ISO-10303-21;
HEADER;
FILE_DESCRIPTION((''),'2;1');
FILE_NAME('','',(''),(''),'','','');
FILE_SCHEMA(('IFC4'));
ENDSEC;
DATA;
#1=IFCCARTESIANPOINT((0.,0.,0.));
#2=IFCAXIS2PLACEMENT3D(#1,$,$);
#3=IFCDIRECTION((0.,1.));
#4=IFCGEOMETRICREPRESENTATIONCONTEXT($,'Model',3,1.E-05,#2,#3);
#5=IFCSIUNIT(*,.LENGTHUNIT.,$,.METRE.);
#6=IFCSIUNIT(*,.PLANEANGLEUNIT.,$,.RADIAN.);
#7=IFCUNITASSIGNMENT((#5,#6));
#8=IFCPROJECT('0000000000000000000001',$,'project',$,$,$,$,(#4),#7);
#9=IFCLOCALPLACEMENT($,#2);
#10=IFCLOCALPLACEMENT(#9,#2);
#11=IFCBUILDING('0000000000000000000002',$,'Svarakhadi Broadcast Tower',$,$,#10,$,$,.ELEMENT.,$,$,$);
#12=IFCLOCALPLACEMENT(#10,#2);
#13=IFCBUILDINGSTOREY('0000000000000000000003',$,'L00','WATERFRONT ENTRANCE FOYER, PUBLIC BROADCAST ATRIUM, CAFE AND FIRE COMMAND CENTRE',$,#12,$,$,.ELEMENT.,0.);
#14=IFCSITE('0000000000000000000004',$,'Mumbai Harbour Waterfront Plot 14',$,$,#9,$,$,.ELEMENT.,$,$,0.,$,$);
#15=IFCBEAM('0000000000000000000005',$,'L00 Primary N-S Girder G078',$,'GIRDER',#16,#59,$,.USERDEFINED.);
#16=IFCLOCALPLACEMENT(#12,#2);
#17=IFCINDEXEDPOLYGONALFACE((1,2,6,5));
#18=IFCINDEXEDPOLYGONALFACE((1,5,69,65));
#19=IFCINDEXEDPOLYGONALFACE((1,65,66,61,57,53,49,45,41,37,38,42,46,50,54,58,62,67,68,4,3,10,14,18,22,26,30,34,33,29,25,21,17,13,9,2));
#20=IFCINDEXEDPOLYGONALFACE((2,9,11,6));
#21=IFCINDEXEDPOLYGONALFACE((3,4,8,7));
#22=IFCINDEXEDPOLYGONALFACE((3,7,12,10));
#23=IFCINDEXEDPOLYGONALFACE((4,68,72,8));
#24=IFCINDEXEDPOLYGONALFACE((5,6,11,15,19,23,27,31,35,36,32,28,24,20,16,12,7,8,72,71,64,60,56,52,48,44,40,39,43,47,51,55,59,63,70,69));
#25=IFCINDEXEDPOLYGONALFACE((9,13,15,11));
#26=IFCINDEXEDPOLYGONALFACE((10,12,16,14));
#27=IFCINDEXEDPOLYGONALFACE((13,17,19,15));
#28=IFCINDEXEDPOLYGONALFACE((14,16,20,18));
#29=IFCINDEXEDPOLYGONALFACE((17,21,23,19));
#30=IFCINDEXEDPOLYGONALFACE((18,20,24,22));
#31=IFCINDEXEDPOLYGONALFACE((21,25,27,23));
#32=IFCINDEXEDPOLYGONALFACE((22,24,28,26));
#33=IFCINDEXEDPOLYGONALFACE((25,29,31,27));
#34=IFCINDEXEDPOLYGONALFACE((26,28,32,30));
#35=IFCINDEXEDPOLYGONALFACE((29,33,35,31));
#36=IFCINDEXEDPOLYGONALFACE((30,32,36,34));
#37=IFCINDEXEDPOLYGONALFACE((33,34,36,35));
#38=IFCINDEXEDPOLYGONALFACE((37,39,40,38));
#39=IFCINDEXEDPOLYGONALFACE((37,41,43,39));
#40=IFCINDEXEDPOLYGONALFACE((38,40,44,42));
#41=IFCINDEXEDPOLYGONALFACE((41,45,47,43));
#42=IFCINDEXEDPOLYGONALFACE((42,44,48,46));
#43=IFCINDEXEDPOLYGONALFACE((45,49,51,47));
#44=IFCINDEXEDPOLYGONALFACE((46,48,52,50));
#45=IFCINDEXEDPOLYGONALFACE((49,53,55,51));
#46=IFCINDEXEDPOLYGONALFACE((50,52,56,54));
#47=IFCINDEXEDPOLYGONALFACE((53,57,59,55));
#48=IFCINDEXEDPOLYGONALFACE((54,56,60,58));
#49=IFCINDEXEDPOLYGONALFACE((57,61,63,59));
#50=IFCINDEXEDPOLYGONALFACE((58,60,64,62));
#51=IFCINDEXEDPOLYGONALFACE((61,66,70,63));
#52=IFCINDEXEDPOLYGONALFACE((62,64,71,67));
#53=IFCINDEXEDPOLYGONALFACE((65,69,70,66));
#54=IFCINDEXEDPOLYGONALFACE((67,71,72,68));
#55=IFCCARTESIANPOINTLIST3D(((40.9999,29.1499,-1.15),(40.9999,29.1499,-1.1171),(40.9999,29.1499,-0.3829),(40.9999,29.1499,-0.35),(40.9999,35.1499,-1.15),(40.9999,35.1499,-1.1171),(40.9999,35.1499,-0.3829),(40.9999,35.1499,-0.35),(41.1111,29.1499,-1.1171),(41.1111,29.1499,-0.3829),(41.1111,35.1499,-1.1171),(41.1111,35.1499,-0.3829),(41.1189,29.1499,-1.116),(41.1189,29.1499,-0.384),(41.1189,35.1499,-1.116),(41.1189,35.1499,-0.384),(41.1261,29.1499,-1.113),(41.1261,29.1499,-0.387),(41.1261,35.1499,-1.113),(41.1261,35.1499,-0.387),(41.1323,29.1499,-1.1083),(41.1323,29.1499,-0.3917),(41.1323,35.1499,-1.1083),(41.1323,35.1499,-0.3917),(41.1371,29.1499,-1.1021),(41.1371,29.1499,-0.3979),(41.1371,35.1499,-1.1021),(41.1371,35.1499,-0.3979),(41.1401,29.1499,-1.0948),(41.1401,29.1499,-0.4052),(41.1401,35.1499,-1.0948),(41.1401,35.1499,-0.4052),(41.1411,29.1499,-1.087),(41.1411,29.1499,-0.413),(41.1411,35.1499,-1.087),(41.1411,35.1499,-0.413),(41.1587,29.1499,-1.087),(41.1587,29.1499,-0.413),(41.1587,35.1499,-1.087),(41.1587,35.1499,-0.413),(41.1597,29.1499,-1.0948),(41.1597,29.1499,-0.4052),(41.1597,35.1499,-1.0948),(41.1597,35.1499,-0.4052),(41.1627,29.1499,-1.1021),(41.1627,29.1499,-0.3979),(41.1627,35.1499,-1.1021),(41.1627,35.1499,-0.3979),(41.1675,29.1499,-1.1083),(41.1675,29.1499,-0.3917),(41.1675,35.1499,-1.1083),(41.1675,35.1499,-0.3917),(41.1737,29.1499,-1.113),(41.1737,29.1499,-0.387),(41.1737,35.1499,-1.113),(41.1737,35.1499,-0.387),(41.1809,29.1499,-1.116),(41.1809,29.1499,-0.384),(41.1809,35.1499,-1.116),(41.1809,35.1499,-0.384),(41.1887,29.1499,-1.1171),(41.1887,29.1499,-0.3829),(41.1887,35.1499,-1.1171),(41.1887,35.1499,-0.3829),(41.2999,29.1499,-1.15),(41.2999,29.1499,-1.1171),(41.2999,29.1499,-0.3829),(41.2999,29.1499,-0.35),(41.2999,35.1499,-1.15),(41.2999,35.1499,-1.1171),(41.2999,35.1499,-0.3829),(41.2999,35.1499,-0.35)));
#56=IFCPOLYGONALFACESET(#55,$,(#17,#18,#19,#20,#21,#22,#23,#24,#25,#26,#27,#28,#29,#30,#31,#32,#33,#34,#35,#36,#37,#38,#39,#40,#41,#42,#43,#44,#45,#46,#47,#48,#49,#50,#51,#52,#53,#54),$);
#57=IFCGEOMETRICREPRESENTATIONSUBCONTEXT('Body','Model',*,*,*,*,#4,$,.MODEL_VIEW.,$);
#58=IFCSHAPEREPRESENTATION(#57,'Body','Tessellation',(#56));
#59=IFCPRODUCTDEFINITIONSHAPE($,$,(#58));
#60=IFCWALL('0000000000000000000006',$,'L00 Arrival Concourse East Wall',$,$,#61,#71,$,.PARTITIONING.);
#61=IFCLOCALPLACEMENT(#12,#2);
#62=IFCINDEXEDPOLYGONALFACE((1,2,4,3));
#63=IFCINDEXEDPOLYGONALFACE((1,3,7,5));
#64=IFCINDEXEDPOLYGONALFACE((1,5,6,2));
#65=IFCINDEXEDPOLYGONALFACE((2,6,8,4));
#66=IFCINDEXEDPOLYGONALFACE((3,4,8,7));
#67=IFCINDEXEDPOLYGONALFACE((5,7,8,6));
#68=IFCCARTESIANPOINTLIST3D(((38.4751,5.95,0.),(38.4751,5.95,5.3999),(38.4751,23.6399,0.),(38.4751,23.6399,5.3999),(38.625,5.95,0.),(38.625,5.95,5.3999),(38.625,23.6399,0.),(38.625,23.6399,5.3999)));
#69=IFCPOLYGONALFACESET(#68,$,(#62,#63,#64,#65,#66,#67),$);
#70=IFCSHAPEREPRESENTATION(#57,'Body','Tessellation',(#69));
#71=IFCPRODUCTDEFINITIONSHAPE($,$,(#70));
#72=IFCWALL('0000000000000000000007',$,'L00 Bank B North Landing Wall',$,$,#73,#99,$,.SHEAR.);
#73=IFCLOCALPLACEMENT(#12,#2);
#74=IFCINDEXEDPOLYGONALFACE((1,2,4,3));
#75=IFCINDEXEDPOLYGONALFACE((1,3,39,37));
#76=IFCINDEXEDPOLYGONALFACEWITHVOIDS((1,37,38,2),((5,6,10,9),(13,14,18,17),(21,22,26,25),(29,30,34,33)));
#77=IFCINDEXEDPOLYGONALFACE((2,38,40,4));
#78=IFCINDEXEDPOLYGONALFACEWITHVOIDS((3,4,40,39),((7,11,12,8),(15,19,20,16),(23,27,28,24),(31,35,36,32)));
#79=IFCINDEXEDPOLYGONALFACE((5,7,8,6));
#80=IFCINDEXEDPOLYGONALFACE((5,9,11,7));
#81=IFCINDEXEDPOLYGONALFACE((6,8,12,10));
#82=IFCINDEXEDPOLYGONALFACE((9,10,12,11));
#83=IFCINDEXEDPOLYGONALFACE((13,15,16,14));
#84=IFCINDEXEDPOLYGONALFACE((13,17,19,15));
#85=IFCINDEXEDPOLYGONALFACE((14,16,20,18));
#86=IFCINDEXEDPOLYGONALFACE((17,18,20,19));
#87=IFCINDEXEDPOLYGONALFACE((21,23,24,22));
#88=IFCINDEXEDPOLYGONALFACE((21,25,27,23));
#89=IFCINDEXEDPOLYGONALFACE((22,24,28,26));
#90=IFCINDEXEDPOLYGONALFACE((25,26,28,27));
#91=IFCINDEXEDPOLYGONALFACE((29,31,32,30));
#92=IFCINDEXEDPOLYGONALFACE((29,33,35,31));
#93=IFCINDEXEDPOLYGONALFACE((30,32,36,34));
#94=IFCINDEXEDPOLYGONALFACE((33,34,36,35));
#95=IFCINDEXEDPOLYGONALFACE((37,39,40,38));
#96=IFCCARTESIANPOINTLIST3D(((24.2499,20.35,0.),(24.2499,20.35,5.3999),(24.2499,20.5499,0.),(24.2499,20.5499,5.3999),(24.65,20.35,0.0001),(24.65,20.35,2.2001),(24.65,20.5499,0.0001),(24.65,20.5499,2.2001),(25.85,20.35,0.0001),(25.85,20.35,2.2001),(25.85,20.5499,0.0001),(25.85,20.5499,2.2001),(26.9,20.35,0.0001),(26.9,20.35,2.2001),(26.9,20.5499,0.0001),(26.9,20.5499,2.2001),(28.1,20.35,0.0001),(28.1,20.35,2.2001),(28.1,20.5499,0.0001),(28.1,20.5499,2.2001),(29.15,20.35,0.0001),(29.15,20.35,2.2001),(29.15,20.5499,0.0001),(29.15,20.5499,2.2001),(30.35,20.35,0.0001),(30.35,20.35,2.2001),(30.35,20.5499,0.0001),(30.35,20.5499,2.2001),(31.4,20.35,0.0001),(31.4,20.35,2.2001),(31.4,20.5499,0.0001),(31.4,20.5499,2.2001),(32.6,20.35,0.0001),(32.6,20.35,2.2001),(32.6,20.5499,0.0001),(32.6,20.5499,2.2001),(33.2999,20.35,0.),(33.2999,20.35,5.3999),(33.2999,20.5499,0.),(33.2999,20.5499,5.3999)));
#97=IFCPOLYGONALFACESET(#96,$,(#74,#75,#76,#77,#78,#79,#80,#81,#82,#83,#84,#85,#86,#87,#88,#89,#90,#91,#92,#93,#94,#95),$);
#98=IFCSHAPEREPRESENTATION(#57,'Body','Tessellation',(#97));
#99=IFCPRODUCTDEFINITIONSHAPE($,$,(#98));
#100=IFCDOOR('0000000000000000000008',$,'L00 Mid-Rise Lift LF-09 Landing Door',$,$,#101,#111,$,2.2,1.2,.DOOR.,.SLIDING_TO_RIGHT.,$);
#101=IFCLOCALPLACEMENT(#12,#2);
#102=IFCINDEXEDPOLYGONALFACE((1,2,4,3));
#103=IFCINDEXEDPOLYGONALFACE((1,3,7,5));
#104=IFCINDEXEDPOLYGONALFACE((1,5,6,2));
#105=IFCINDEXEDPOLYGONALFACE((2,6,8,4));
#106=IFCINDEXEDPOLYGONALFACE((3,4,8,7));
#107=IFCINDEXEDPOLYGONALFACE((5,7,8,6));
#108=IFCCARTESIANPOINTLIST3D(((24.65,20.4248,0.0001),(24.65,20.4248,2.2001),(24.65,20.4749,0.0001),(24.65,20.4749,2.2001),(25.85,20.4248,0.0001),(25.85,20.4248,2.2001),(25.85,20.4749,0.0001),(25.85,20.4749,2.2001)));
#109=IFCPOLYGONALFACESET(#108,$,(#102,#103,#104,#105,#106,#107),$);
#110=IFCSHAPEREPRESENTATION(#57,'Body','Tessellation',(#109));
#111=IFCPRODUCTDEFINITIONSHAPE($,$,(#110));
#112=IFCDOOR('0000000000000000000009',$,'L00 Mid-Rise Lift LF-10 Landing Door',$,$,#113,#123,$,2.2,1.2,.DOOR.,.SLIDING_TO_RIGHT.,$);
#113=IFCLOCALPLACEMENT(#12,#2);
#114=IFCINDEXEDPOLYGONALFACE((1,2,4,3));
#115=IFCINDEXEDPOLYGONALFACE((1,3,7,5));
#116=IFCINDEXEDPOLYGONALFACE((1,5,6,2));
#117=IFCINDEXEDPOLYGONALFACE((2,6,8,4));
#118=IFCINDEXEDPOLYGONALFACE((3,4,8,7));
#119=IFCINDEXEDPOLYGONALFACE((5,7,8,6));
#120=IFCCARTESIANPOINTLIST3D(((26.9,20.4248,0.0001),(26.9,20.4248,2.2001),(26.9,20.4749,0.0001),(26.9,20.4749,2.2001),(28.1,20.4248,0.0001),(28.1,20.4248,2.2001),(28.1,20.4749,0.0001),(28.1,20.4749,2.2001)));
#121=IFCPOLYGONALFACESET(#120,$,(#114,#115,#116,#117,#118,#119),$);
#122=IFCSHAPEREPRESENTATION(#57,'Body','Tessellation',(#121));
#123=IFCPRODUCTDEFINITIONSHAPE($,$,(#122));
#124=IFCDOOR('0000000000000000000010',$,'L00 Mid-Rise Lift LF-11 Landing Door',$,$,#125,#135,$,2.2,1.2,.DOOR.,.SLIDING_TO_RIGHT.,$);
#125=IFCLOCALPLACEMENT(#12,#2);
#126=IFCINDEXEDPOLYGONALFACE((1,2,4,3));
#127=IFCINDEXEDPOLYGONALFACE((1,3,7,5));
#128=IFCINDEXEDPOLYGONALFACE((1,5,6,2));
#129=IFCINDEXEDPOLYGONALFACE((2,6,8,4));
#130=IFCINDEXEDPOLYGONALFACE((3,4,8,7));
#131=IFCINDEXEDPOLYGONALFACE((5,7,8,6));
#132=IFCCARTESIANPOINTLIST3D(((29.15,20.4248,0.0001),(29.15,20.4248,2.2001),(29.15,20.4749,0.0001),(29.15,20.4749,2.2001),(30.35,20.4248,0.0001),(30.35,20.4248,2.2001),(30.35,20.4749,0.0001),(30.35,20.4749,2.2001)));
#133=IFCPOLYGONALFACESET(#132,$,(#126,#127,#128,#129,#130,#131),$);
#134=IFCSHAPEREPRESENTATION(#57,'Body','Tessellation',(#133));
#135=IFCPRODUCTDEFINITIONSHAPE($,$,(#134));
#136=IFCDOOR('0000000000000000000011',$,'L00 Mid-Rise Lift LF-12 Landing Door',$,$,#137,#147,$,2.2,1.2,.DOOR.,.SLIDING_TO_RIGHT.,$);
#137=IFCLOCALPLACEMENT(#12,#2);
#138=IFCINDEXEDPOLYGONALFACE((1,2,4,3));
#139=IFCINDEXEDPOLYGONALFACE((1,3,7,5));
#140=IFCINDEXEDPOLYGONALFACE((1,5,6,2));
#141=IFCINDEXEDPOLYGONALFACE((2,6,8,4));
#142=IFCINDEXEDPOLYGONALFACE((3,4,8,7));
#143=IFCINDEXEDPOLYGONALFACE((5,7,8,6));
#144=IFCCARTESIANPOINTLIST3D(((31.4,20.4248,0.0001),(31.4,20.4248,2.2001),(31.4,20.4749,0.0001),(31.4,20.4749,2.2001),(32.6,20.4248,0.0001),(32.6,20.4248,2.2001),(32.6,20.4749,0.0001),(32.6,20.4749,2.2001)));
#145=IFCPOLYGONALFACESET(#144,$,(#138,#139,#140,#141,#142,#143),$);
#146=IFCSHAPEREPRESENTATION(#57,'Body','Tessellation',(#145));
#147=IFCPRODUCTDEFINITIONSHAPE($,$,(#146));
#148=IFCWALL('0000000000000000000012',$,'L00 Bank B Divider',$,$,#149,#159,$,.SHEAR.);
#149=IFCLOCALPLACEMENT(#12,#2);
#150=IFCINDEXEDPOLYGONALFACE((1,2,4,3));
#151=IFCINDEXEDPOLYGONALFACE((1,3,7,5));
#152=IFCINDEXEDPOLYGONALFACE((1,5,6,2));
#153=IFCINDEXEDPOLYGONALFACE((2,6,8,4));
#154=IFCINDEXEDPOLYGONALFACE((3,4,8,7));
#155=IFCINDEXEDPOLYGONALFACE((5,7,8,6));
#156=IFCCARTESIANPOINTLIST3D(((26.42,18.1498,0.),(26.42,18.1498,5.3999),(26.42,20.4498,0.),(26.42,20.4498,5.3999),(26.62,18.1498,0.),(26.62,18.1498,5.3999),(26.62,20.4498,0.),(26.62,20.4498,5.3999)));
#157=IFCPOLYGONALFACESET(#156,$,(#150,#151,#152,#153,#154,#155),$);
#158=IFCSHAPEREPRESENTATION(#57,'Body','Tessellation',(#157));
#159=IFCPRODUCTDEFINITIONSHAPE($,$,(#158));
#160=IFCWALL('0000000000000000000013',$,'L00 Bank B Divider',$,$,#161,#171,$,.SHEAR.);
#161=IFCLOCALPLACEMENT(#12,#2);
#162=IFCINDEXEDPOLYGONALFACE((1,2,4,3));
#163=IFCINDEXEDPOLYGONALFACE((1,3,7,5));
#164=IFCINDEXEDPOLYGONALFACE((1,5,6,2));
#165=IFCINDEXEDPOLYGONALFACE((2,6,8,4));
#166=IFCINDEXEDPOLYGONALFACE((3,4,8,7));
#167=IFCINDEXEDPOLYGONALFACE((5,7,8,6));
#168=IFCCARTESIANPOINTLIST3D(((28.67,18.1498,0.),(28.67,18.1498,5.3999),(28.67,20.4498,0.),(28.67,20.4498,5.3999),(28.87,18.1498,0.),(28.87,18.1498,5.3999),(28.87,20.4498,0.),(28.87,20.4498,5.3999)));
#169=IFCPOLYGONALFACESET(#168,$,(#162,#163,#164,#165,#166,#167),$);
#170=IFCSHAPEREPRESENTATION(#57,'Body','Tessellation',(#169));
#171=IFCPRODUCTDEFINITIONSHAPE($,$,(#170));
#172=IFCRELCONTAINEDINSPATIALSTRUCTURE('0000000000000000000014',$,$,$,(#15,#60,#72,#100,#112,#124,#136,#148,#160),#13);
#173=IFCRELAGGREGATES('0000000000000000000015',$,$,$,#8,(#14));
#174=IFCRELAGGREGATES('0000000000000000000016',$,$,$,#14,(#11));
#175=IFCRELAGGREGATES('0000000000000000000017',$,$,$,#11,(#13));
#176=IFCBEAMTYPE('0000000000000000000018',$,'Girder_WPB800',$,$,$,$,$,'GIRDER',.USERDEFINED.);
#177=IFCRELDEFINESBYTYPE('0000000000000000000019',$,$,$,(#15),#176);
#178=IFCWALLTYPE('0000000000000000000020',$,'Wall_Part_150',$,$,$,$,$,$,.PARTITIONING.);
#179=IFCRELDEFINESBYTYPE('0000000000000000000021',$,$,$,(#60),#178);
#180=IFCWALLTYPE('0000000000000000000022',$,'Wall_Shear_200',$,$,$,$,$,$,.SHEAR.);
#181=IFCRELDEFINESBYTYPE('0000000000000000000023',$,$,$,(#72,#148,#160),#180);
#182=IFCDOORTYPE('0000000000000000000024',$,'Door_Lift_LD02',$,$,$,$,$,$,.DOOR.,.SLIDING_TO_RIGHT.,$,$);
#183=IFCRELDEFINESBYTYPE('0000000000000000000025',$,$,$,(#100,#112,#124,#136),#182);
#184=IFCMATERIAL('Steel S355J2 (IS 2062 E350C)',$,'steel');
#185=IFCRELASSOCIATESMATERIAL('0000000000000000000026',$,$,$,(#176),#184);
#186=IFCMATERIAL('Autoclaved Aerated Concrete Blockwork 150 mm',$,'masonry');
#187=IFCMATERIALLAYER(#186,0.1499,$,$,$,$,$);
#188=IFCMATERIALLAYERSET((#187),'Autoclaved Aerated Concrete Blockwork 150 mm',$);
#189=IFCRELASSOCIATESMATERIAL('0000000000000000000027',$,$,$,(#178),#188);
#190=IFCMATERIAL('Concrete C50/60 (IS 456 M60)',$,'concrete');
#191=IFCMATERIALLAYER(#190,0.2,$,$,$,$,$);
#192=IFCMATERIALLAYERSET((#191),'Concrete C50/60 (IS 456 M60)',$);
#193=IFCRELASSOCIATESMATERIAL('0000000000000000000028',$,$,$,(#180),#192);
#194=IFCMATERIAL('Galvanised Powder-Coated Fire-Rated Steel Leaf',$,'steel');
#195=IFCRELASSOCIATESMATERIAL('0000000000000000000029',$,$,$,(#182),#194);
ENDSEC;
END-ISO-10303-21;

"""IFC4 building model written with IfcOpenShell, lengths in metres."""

from ifc_helpers import new_model, si_unit, direction, frame, frame_2d, origin, origin_2d, place, context, subcontext, project, spatial, rectangle, i_section, extrude, material, layer, layer_set, material_profile, profile_set, type_object, element, fill, save


model = new_model("IFC4")

# Units and contexts
model_context = context("Model", 3, precision=1e-05, world=origin(), true_north=direction((0.0, 1.0)))
body_context = subcontext(model_context, "Body", "Model", "MODEL_VIEW")
ifc_project = project(units=[si_unit("LENGTHUNIT", "METRE"), si_unit("PLANEANGLEUNIT", "RADIAN")], contexts=[model_context])

# Site, building, storey
site_placement = place(None, origin())
site = spatial("IfcSite", under=ifc_project, at=site_placement, Name="Mumbai Harbour Waterfront Plot 14", CompositionType="ELEMENT", RefElevation=0.0)
building_placement = place(site_placement, origin())
building = spatial("IfcBuilding", under=site, at=building_placement, Name="Svarakhadi Broadcast Tower", CompositionType="ELEMENT")
storey_placement = place(building_placement, origin())
storey = spatial("IfcBuildingStorey", under=building, at=storey_placement, Name="L00", Description="WATERFRONT ENTRANCE FOYER, PUBLIC BROADCAST ATRIUM, CAFE AND FIRE COMMAND CENTRE", CompositionType="ELEMENT", Elevation=0.0)

# Beam
ifc_material_1 = material(Name="Steel S355J2 (IS 2062 E350C)", Category="steel")
ifc_material_profile_1 = material_profile(ifc_material_1, i_section(OverallWidth=0.3, OverallDepth=0.8, WebThickness=0.0176, FlangeThickness=0.033, FilletRadius=0.03, at=origin_2d()), Name="WPB 800x300x262")
ifc_profile_set_1 = profile_set([ifc_material_profile_1], Name="Steel S355J2 (IS 2062 E350C)")
beam_type_1 = type_object("IfcBeamType", Name="Girder_WPB800", ElementType="GIRDER", PredefinedType="USERDEFINED", material=ifc_profile_set_1)
beam_1_placement = place(storey_placement, frame((41.1499, 29.1499, -0.75), z_axis=(0.0, 1.0, 0.0), x_axis=(-1.0, 0.0, 0.0)))
element("IfcBeam", 1, at=beam_1_placement, inside=storey, type_object=beam_type_1, Name="L00 Primary N-S Girder G078", ObjectType="GIRDER", PredefinedType="USERDEFINED", context=body_context, shape_type="SweptSolid", body=[
    extrude(i_section(OverallWidth=0.3, OverallDepth=0.8, WebThickness=0.0176, FlangeThickness=0.033, FilletRadius=0.03, at=origin_2d()), origin(), (0.0, 0.0, 1.0), 6.0),
])

# Wall
ifc_material_2 = material(Name="Autoclaved Aerated Concrete Blockwork 150 mm", Category="masonry")
ifc_layer_1 = layer(ifc_material_2, 0.1499)
ifc_layer_set_1 = layer_set([ifc_layer_1], Name="Autoclaved Aerated Concrete Blockwork 150 mm")
wall_type_1 = type_object("IfcWallType", Name="Wall_Part_150", PredefinedType="PARTITIONING", material=ifc_layer_set_1)
wall_1_placement = place(storey_placement, frame((38.55, 23.6399, 0.0), z_axis=(0.0, 0.0, 1.0), x_axis=(0.0, -1.0, 0.0)))
element("IfcWall", 2, at=wall_1_placement, inside=storey, type_object=wall_type_1, Name="L00 Arrival Concourse East Wall", PredefinedType="PARTITIONING", context=body_context, shape_type="SweptSolid", body=[
    extrude(rectangle(XDim=17.6899, YDim=0.1499, at=frame_2d((8.845, 0.0))), origin(), (0.0, 0.0, 1.0), 5.3999),
])

# Wall, openings, doors
ifc_material_3 = material(Name="Concrete C50/60 (IS 456 M60)", Category="concrete")
ifc_layer_2 = layer(ifc_material_3, 0.2)
ifc_layer_set_2 = layer_set([ifc_layer_2], Name="Concrete C50/60 (IS 456 M60)")
wall_type_2 = type_object("IfcWallType", Name="Wall_Shear_200", PredefinedType="SHEAR", material=ifc_layer_set_2)
wall_2_placement = place(storey_placement, frame((24.25, 20.45, 0.0), z_axis=(0.0, 0.0, 1.0), x_axis=(1.0, 0.0, 0.0)))
wall_2 = element("IfcWall", 3, at=wall_2_placement, inside=storey, type_object=wall_type_2, Name="L00 Bank B North Landing Wall", PredefinedType="SHEAR", context=body_context, shape_type="SweptSolid", body=[
    extrude(rectangle(XDim=9.05, YDim=0.2, at=frame_2d((4.5249, 0.0))), origin(), (0.0, 0.0, 1.0), 5.3999),
])
opening_1_placement = place(wall_2_placement, frame((0.3999, 0.0, 0.0)))
opening_1 = element("IfcOpeningElement", 4, at=opening_1_placement, cuts=wall_2, PredefinedType="OPENING", context=body_context, shape_type="SweptSolid", body=[
    extrude(rectangle(XDim=1.2, YDim=2.2, at=frame_2d((0.6001, 1.1001))), frame((0.0, 0.1099, 0.0), z_axis=(0.0, -1.0, 0.0), x_axis=(1.0, 0.0, 0.0)), (0.0, 0.0, 1.0), 0.22),
])
opening_2_placement = place(wall_2_placement, frame((2.6499, 0.0, 0.0)))
opening_2 = element("IfcOpeningElement", 5, at=opening_2_placement, cuts=wall_2, PredefinedType="OPENING", context=body_context, shape_type="SweptSolid", body=[
    extrude(rectangle(XDim=1.2, YDim=2.2, at=frame_2d((0.6001, 1.1001))), frame((0.0, 0.1099, 0.0), z_axis=(0.0, -1.0, 0.0), x_axis=(1.0, 0.0, 0.0)), (0.0, 0.0, 1.0), 0.22),
])
opening_3_placement = place(wall_2_placement, frame((4.8999, 0.0, 0.0)))
opening_3 = element("IfcOpeningElement", 6, at=opening_3_placement, cuts=wall_2, PredefinedType="OPENING", context=body_context, shape_type="SweptSolid", body=[
    extrude(rectangle(XDim=1.2, YDim=2.2, at=frame_2d((0.6001, 1.1001))), frame((0.0, 0.1099, 0.0), z_axis=(0.0, -1.0, 0.0), x_axis=(1.0, 0.0, 0.0)), (0.0, 0.0, 1.0), 0.22),
])
opening_4_placement = place(wall_2_placement, frame((7.1499, 0.0, 0.0)))
opening_4 = element("IfcOpeningElement", 7, at=opening_4_placement, cuts=wall_2, PredefinedType="OPENING", context=body_context, shape_type="SweptSolid", body=[
    extrude(rectangle(XDim=1.2, YDim=2.2, at=frame_2d((0.6001, 1.1001))), frame((0.0, 0.1099, 0.0), z_axis=(0.0, -1.0, 0.0), x_axis=(1.0, 0.0, 0.0)), (0.0, 0.0, 1.0), 0.22),
])
ifc_material_4 = material(Name="Galvanised Powder-Coated Fire-Rated Steel Leaf", Category="steel")
door_type_1 = type_object("IfcDoorType", Name="Door_Lift_LD02", OperationType="SLIDING_TO_RIGHT", PredefinedType="DOOR", material=ifc_material_4)
door_1_placement = place(opening_1_placement, origin())
door_1 = element("IfcDoor", 8, at=door_1_placement, inside=storey, type_object=door_type_1, Name="L00 Mid-Rise Lift LF-09 Landing Door", OperationType="SLIDING_TO_RIGHT", OverallHeight=2.2, OverallWidth=1.2, PredefinedType="DOOR", context=body_context, shape_type="SweptSolid", body=[
    extrude(rectangle(XDim=1.2, YDim=2.2, at=frame_2d((0.6001, 1.1001))), frame((0.0, 0.0249, 0.0), z_axis=(0.0, -1.0, 0.0), x_axis=(1.0, 0.0, 0.0)), (0.0, 0.0, 1.0), 0.05),
])
fill(opening_1, door_1)
door_2_placement = place(opening_2_placement, origin())
door_2 = element("IfcDoor", 9, at=door_2_placement, inside=storey, type_object=door_type_1, Name="L00 Mid-Rise Lift LF-10 Landing Door", OperationType="SLIDING_TO_RIGHT", OverallHeight=2.2, OverallWidth=1.2, PredefinedType="DOOR", context=body_context, shape_type="SweptSolid", body=[
    extrude(rectangle(XDim=1.2, YDim=2.2, at=frame_2d((0.6001, 1.1001))), frame((0.0, 0.0249, 0.0), z_axis=(0.0, -1.0, 0.0), x_axis=(1.0, 0.0, 0.0)), (0.0, 0.0, 1.0), 0.05),
])
fill(opening_2, door_2)
door_3_placement = place(opening_3_placement, origin())
door_3 = element("IfcDoor", 10, at=door_3_placement, inside=storey, type_object=door_type_1, Name="L00 Mid-Rise Lift LF-11 Landing Door", OperationType="SLIDING_TO_RIGHT", OverallHeight=2.2, OverallWidth=1.2, PredefinedType="DOOR", context=body_context, shape_type="SweptSolid", body=[
    extrude(rectangle(XDim=1.2, YDim=2.2, at=frame_2d((0.6001, 1.1001))), frame((0.0, 0.0249, 0.0), z_axis=(0.0, -1.0, 0.0), x_axis=(1.0, 0.0, 0.0)), (0.0, 0.0, 1.0), 0.05),
])
fill(opening_3, door_3)
door_4_placement = place(opening_4_placement, origin())
door_4 = element("IfcDoor", 11, at=door_4_placement, inside=storey, type_object=door_type_1, Name="L00 Mid-Rise Lift LF-12 Landing Door", OperationType="SLIDING_TO_RIGHT", OverallHeight=2.2, OverallWidth=1.2, PredefinedType="DOOR", context=body_context, shape_type="SweptSolid", body=[
    extrude(rectangle(XDim=1.2, YDim=2.2, at=frame_2d((0.6001, 1.1001))), frame((0.0, 0.0249, 0.0), z_axis=(0.0, -1.0, 0.0), x_axis=(1.0, 0.0, 0.0)), (0.0, 0.0, 1.0), 0.05),
])
fill(opening_4, door_4)

# Walls
for number, where, z_axis, x_axis, name in (
    (12, (26.52, 18.1499, 0.0), (0.0, 0.0, 1.0), (0.0, 1.0, 0.0), "L00 Bank B Divider"),
    (13, (28.77, 18.1499, 0.0), (0.0, 0.0, 1.0), (0.0, 1.0, 0.0), "L00 Bank B Divider"),
):
    element("IfcWall", number, at=place(storey_placement, frame(where, z_axis=z_axis, x_axis=x_axis)), inside=storey, type_object=wall_type_2, Name=name, PredefinedType="SHEAR", context=body_context, shape_type="SweptSolid", body=[
        extrude(rectangle(XDim=2.3, YDim=0.2, at=frame_2d((1.1499, 0.0))), origin(), (0.0, 0.0, 1.0), 5.3999),
    ])

save(model, "model.ifc")
